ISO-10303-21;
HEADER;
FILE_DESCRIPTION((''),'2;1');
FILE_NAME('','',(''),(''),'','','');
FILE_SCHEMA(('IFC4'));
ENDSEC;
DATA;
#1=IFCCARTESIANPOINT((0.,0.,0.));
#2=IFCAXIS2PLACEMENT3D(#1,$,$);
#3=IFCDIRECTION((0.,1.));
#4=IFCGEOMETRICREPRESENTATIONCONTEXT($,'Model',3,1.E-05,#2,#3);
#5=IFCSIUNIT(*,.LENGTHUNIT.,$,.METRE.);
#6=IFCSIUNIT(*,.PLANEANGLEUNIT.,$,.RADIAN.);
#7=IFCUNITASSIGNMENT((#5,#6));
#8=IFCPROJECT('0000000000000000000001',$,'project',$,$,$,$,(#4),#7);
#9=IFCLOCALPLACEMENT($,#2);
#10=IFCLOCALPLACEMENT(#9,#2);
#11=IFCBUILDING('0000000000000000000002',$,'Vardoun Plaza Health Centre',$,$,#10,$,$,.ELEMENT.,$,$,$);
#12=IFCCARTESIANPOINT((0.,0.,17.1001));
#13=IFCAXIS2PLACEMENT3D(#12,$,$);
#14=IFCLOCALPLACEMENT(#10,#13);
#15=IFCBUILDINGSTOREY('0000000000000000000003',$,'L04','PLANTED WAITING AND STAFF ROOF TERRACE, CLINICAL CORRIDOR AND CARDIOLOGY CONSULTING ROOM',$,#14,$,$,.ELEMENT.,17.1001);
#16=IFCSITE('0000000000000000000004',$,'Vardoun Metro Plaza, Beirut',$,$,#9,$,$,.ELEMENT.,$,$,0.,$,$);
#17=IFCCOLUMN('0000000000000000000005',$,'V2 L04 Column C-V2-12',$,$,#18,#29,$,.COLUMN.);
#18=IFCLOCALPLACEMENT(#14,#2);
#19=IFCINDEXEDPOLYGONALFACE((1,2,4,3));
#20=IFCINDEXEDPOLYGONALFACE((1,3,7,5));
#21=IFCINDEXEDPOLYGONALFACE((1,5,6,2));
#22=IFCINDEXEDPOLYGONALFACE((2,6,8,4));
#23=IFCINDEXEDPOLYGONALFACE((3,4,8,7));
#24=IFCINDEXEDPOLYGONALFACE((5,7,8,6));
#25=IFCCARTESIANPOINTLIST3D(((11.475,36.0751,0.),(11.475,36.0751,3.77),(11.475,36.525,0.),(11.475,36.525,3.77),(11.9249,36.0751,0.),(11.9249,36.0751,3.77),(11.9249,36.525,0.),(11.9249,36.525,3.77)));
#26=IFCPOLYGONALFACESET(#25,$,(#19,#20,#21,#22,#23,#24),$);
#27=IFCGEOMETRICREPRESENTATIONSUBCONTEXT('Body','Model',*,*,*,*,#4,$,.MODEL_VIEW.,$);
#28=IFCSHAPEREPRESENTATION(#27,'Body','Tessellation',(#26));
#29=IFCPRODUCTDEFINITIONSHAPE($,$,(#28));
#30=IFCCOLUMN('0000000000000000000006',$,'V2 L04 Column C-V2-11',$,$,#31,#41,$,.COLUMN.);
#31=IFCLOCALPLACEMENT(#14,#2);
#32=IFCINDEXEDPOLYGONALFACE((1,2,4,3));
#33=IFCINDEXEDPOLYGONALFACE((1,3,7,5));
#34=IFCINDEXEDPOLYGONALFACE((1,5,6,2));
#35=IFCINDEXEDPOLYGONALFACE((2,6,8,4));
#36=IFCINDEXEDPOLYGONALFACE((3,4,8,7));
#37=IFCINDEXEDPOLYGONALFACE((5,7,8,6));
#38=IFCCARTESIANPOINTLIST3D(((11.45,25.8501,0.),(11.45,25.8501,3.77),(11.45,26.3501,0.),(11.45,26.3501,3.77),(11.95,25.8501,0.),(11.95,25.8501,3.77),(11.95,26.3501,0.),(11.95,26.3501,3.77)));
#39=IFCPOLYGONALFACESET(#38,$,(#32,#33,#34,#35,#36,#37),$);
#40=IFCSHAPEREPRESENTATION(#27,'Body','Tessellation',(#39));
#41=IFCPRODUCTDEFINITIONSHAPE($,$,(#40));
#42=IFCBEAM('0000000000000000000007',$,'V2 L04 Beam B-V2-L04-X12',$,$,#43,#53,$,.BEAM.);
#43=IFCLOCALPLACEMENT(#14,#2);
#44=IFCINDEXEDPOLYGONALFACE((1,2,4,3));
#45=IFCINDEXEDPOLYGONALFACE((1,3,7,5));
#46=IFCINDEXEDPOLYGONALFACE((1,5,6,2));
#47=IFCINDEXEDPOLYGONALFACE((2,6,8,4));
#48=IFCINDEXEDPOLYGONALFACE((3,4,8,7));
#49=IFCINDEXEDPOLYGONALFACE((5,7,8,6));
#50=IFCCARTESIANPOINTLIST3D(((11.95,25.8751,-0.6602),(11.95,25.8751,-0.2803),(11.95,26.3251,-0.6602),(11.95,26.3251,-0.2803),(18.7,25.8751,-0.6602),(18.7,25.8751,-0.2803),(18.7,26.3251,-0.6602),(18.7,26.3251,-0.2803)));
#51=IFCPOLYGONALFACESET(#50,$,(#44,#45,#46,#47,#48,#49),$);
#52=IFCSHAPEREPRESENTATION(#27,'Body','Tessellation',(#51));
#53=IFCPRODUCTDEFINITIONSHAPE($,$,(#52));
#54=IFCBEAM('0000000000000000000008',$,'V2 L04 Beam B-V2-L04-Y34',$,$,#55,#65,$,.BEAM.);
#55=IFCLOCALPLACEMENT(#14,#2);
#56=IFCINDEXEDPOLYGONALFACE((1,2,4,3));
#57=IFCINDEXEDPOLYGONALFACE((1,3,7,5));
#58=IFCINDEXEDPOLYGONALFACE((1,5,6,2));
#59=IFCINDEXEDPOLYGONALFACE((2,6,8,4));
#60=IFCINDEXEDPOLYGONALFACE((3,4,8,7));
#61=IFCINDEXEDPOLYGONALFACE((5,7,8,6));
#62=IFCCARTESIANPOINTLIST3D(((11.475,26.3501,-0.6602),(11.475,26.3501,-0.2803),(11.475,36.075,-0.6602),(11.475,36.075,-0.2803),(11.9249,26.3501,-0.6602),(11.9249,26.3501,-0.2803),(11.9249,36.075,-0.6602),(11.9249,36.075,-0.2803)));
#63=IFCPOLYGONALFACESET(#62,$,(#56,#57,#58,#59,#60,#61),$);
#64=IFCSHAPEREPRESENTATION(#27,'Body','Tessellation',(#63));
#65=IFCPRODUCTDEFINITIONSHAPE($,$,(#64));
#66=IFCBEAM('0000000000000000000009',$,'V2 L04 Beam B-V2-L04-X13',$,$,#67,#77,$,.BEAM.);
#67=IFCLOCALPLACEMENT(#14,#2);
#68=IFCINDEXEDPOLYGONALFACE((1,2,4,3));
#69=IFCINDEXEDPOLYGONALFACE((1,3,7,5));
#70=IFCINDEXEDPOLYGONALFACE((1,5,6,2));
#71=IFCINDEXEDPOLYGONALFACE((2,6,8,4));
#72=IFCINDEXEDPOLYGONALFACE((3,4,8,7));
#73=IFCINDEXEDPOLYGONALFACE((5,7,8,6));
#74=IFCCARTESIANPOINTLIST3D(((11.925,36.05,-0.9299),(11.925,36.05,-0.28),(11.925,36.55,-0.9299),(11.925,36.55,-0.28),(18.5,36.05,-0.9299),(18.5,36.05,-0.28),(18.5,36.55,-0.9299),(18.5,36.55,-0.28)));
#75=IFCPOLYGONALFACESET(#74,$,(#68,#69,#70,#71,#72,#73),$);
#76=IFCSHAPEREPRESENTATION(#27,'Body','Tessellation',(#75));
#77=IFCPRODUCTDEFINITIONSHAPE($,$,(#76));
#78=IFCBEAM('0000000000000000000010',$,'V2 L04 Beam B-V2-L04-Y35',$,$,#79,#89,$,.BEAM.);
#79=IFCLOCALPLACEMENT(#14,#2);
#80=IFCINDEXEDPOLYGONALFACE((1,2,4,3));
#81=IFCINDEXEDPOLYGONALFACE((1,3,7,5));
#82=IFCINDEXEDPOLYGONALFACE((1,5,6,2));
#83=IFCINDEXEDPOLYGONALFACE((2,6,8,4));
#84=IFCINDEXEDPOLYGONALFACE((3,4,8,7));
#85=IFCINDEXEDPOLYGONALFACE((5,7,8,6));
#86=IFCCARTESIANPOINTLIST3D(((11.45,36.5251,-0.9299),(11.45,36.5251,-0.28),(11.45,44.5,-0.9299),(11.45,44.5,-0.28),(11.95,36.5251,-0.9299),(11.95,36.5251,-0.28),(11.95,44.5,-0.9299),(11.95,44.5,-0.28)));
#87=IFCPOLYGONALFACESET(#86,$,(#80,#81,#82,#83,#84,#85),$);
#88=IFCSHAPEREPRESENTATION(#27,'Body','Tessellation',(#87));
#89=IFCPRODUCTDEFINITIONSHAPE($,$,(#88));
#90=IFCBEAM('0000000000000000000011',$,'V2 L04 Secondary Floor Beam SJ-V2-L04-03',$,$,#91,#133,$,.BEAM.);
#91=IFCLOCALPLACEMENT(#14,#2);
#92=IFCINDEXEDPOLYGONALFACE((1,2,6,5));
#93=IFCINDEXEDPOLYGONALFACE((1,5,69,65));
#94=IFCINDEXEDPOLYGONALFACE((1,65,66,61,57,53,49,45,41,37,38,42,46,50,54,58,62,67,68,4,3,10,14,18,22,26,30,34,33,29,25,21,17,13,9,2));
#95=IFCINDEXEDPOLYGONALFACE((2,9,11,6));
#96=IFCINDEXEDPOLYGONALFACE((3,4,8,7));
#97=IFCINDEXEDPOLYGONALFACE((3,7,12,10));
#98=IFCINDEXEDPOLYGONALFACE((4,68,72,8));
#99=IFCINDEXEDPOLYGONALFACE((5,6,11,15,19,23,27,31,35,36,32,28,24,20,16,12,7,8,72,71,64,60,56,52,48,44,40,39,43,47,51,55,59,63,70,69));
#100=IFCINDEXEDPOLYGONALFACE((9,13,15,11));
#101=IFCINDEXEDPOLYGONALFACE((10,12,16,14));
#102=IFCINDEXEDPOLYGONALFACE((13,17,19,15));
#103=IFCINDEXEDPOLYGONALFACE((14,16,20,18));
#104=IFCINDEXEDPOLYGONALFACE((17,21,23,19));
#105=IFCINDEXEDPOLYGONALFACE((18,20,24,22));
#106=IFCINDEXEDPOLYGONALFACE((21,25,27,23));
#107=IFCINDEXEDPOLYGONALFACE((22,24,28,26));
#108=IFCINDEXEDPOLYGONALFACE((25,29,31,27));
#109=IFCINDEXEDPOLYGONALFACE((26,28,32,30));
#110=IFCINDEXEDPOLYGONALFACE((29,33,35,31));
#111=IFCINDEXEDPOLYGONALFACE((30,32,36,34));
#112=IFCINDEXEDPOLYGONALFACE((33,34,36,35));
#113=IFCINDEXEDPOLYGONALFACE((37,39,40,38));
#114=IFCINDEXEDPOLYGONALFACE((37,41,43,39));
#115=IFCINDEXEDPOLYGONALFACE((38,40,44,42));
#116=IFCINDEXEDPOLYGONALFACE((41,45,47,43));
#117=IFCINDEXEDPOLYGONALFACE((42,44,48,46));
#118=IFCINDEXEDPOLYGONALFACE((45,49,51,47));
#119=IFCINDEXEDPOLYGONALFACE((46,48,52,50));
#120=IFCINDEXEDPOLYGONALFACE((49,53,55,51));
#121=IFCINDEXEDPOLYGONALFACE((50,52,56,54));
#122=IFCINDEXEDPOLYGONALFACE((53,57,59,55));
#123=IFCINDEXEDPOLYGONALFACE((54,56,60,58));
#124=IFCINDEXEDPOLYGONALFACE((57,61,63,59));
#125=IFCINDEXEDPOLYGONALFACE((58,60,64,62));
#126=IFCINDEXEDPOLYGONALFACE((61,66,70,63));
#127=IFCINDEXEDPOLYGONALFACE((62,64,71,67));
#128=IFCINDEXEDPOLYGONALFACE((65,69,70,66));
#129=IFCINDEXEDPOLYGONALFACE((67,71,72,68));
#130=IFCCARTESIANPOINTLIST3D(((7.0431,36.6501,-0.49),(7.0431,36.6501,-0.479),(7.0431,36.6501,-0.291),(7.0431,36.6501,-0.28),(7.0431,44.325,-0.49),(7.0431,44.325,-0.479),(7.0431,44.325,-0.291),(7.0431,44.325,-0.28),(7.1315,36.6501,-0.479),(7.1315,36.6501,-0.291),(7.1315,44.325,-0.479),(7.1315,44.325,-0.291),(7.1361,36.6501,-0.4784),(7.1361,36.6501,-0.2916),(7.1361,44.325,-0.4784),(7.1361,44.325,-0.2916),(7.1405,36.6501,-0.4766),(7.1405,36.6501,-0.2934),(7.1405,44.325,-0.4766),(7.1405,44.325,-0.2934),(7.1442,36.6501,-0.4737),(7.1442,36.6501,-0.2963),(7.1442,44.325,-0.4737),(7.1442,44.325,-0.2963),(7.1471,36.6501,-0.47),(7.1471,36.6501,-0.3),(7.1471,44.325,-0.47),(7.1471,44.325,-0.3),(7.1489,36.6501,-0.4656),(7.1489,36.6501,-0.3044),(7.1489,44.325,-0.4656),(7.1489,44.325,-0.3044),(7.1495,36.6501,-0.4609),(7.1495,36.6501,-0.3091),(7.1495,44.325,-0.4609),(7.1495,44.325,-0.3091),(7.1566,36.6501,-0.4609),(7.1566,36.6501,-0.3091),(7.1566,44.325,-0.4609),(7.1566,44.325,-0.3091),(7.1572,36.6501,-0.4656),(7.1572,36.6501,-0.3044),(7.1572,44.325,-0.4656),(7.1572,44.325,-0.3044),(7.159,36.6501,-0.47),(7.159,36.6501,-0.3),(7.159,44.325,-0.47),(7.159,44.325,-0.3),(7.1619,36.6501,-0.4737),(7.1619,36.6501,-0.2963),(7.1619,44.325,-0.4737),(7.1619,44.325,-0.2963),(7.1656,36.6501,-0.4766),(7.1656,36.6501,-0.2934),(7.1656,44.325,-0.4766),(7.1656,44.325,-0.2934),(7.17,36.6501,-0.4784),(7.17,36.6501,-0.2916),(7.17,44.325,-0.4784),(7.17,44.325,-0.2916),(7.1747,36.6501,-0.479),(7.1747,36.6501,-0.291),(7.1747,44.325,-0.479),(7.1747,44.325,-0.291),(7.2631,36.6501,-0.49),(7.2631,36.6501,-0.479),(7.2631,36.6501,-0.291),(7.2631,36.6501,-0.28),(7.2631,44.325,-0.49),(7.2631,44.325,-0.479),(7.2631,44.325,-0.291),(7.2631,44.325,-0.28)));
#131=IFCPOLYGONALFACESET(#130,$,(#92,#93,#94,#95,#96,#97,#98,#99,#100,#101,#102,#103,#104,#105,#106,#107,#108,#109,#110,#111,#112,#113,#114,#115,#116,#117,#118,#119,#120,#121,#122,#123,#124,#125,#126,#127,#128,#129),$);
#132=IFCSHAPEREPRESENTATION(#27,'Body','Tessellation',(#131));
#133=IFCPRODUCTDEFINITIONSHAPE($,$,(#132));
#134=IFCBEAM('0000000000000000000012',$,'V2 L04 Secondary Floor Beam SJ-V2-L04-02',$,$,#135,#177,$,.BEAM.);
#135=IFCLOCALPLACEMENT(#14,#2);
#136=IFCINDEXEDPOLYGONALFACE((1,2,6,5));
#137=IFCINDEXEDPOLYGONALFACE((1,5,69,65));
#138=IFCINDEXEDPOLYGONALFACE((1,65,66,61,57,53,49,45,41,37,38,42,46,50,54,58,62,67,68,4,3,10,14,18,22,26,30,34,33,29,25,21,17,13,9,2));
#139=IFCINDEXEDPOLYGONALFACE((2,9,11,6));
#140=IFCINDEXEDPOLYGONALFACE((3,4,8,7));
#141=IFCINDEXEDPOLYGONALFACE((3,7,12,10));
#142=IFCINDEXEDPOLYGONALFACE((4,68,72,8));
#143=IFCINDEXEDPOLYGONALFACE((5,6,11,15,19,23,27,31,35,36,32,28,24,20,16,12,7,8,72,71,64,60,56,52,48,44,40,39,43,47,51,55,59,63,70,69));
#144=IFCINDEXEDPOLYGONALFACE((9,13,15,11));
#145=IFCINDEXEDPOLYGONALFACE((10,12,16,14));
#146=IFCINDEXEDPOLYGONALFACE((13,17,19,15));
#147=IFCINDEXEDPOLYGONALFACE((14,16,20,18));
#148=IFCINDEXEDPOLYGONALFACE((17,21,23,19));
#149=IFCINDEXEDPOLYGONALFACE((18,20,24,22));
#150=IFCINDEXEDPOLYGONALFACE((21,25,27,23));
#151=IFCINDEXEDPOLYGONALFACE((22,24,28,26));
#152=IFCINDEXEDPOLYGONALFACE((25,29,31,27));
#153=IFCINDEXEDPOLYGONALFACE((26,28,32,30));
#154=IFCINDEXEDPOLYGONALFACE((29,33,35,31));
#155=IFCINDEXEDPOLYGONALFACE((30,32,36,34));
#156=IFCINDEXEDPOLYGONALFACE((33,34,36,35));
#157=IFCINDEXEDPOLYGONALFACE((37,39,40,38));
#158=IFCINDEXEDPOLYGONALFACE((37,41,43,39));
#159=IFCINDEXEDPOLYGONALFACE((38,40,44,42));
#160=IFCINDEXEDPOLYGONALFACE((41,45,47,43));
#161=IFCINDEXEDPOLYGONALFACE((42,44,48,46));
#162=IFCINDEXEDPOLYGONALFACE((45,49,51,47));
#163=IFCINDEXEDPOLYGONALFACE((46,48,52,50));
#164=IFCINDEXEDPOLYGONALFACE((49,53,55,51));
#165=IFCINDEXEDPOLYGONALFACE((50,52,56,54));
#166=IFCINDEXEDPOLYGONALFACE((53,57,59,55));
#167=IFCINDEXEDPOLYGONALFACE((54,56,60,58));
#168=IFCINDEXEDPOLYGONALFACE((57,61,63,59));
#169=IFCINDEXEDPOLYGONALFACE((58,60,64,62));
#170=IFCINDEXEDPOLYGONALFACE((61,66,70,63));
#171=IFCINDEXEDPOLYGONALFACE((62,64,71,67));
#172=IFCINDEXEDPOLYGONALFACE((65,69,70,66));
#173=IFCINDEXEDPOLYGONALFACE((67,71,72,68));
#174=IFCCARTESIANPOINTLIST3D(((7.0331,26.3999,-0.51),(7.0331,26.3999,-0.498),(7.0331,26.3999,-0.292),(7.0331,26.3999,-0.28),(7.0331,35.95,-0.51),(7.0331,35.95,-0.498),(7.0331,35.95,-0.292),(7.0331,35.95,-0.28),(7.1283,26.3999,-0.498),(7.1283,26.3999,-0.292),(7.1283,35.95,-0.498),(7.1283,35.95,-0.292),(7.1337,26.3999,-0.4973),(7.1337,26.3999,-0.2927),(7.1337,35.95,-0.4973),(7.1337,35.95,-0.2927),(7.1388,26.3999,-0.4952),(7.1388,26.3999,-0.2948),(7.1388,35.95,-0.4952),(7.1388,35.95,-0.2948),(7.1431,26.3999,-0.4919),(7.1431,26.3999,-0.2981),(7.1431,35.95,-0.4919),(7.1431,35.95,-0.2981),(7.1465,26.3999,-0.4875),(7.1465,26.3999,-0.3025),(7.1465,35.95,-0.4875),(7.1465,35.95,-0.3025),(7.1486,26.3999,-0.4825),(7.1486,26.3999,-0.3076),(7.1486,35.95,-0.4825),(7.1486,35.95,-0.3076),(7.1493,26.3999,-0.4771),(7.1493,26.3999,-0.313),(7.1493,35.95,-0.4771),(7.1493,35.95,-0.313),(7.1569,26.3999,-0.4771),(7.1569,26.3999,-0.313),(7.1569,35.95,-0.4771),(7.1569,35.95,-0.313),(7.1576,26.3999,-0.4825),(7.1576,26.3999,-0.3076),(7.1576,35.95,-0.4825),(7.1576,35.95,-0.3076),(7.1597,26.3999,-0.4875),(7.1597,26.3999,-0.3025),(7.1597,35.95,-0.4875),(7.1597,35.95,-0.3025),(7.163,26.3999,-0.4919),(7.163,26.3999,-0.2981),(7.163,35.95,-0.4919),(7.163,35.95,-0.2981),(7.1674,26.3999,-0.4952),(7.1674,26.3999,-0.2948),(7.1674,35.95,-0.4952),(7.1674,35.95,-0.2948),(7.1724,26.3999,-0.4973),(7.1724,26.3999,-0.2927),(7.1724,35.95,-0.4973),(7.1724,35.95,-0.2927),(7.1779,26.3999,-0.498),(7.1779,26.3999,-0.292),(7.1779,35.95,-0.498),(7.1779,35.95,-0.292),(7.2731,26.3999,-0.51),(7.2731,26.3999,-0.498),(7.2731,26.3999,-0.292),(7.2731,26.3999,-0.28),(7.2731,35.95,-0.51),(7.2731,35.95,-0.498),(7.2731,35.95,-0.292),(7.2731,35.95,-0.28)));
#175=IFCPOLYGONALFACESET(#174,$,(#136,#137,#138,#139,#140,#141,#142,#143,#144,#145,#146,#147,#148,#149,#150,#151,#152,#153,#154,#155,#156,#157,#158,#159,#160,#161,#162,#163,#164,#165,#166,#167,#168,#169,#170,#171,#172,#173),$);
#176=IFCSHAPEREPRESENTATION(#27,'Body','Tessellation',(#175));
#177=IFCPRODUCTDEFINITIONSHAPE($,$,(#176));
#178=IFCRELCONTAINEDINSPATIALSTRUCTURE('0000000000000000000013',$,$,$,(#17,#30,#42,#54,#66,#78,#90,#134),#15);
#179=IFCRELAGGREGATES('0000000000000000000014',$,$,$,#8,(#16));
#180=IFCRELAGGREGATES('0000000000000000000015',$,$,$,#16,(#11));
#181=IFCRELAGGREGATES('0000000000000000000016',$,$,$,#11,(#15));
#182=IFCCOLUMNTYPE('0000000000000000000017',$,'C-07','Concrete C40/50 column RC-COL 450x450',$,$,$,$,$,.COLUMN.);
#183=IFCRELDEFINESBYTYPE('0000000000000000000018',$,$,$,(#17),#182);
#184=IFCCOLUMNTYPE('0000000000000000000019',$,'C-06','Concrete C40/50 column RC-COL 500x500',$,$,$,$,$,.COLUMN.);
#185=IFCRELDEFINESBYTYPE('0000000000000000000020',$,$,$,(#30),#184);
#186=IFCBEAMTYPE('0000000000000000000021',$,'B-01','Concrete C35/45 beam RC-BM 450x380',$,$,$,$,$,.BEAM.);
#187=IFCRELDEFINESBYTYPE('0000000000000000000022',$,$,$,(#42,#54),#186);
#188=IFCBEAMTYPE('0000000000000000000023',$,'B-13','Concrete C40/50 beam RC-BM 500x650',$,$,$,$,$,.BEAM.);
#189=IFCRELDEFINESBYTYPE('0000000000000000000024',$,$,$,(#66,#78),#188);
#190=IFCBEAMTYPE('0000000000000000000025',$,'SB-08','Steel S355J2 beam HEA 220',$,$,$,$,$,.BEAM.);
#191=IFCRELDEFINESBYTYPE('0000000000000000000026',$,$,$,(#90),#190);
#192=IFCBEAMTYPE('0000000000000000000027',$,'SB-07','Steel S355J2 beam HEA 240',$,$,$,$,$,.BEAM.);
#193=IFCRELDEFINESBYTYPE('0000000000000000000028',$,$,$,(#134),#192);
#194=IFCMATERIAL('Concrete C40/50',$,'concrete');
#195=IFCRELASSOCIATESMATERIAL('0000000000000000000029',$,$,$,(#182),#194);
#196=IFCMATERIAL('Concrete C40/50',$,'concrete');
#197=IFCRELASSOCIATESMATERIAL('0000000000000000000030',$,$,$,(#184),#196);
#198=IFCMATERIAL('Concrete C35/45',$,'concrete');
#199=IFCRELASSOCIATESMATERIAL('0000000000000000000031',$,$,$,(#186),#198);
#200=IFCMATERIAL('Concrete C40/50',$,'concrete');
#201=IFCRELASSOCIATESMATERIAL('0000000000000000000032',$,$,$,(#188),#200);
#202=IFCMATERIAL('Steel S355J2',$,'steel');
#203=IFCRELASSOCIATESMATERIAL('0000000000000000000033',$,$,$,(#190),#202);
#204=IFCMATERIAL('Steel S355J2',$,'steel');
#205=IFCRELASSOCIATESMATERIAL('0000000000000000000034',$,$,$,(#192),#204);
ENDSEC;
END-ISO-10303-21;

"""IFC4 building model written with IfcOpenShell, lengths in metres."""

from ifc_helpers import new_model, si_unit, direction, frame, origin, origin_2d, place, context, subcontext, project, spatial, rectangle, i_section, extrude, material, material_profile, profile_set, type_object, element, save


model = new_model("IFC4")

# Units and contexts
model_context = context("Model", 3, precision=1e-05, world=origin(), true_north=direction((0.0, 1.0)))
body_context = subcontext(model_context, "Body", "Model", "MODEL_VIEW")
ifc_project = project(units=[si_unit("LENGTHUNIT", "METRE"), si_unit("PLANEANGLEUNIT", "RADIAN")], contexts=[model_context])

# Site, building, storey
site_placement = place(None, origin())
site = spatial("IfcSite", under=ifc_project, at=site_placement, Name="Vardoun Metro Plaza, Beirut", CompositionType="ELEMENT", RefElevation=0.0)
building_placement = place(site_placement, origin())
building = spatial("IfcBuilding", under=site, at=building_placement, Name="Vardoun Plaza Health Centre", CompositionType="ELEMENT")
storey_placement = place(building_placement, frame((0.0, 0.0, 17.1001)))
storey = spatial("IfcBuildingStorey", under=building, at=storey_placement, Name="L04", Description="PLANTED WAITING AND STAFF ROOF TERRACE, CLINICAL CORRIDOR AND CARDIOLOGY CONSULTING ROOM", CompositionType="ELEMENT", Elevation=17.1001)

# Columns
ifc_material_1 = material(Name="Concrete C40/50", Category="concrete")
ifc_material_profile_1 = material_profile(ifc_material_1, rectangle(XDim=0.45, YDim=0.45, at=origin_2d()), Name="RC-COL 450x450")
ifc_profile_set_1 = profile_set([ifc_material_profile_1], Name="Concrete C40/50")
column_type_1 = type_object("IfcColumnType", Name="C-07", Description="Concrete C40/50 column RC-COL 450x450", PredefinedType="COLUMN", material=ifc_profile_set_1)
column_1_placement = place(storey_placement, frame((11.7, 36.3, 0.0), z_axis=(0.0, 0.0, 1.0), x_axis=(1.0, 0.0, 0.0)))
element("IfcColumn", 1, at=column_1_placement, inside=storey, type_object=column_type_1, Name="V2 L04 Column C-V2-12", PredefinedType="COLUMN", context=body_context, shape_type="SweptSolid", body=[
    extrude(rectangle(XDim=0.45, YDim=0.45, at=origin_2d()), origin(), (0.0, 0.0, 1.0), 3.77),
])
ifc_material_2 = material(Name="Concrete C40/50", Category="concrete")
ifc_material_profile_2 = material_profile(ifc_material_2, rectangle(XDim=0.5, YDim=0.5, at=origin_2d()), Name="RC-COL 500x500")
ifc_profile_set_2 = profile_set([ifc_material_profile_2], Name="Concrete C40/50")
column_type_2 = type_object("IfcColumnType", Name="C-06", Description="Concrete C40/50 column RC-COL 500x500", PredefinedType="COLUMN", material=ifc_profile_set_2)
column_2_placement = place(storey_placement, frame((11.7, 26.1001, 0.0), z_axis=(0.0, 0.0, 1.0), x_axis=(1.0, 0.0, 0.0)))
element("IfcColumn", 2, at=column_2_placement, inside=storey, type_object=column_type_2, Name="V2 L04 Column C-V2-11", PredefinedType="COLUMN", context=body_context, shape_type="SweptSolid", body=[
    extrude(rectangle(XDim=0.5, YDim=0.5, at=origin_2d()), origin(), (0.0, 0.0, 1.0), 3.77),
])

# Beams
ifc_material_3 = material(Name="Concrete C35/45", Category="concrete")
ifc_material_profile_3 = material_profile(ifc_material_3, rectangle(XDim=0.45, YDim=0.3799, at=origin_2d()), Name="RC-BM 450x380")
ifc_profile_set_3 = profile_set([ifc_material_profile_3], Name="Concrete C35/45")
beam_type_1 = type_object("IfcBeamType", Name="B-01", Description="Concrete C35/45 beam RC-BM 450x380", PredefinedType="BEAM", material=ifc_profile_set_3)
beam_1_placement = place(storey_placement, frame((11.95, 26.1001, -0.4702), z_axis=(1.0, 0.0, 0.0), x_axis=(0.0, 1.0, 0.0)))
element("IfcBeam", 3, at=beam_1_placement, inside=storey, type_object=beam_type_1, Name="V2 L04 Beam B-V2-L04-X12", PredefinedType="BEAM", context=body_context, shape_type="SweptSolid", body=[
    extrude(rectangle(XDim=0.45, YDim=0.3799, at=origin_2d()), origin(), (0.0, 0.0, 1.0), 6.75),
])
beam_2_placement = place(storey_placement, frame((11.7, 26.3501, -0.4702), z_axis=(0.0, 1.0, 0.0), x_axis=(-1.0, 0.0, 0.0)))
element("IfcBeam", 4, at=beam_2_placement, inside=storey, type_object=beam_type_1, Name="V2 L04 Beam B-V2-L04-Y34", PredefinedType="BEAM", context=body_context, shape_type="SweptSolid", body=[
    extrude(rectangle(XDim=0.45, YDim=0.3799, at=origin_2d()), origin(), (0.0, 0.0, 1.0), 9.7249),
])
ifc_material_4 = material(Name="Concrete C40/50", Category="concrete")
ifc_material_profile_4 = material_profile(ifc_material_4, rectangle(XDim=0.5, YDim=0.6499, at=origin_2d()), Name="RC-BM 500x650")
ifc_profile_set_4 = profile_set([ifc_material_profile_4], Name="Concrete C40/50")
beam_type_2 = type_object("IfcBeamType", Name="B-13", Description="Concrete C40/50 beam RC-BM 500x650", PredefinedType="BEAM", material=ifc_profile_set_4)
beam_3_placement = place(storey_placement, frame((11.925, 36.3, -0.605), z_axis=(1.0, 0.0, 0.0), x_axis=(0.0, 1.0, 0.0)))
element("IfcBeam", 5, at=beam_3_placement, inside=storey, type_object=beam_type_2, Name="V2 L04 Beam B-V2-L04-X13", PredefinedType="BEAM", context=body_context, shape_type="SweptSolid", body=[
    extrude(rectangle(XDim=0.5, YDim=0.6499, at=origin_2d()), origin(), (0.0, 0.0, 1.0), 6.575),
])
beam_4_placement = place(storey_placement, frame((11.7, 36.5251, -0.605), z_axis=(0.0, 1.0, 0.0), x_axis=(-1.0, 0.0, 0.0)))
element("IfcBeam", 6, at=beam_4_placement, inside=storey, type_object=beam_type_2, Name="V2 L04 Beam B-V2-L04-Y35", PredefinedType="BEAM", context=body_context, shape_type="SweptSolid", body=[
    extrude(rectangle(XDim=0.5, YDim=0.6499, at=origin_2d()), origin(), (0.0, 0.0, 1.0), 7.9749),
])
ifc_material_5 = material(Name="Steel S355J2", Category="steel")
ifc_material_profile_5 = material_profile(ifc_material_5, i_section(OverallWidth=0.22, OverallDepth=0.21, WebThickness=0.0071, FlangeThickness=0.011, FilletRadius=0.0181, at=origin_2d()), Name="HEA 220")
ifc_profile_set_5 = profile_set([ifc_material_profile_5], Name="Steel S355J2")
beam_type_3 = type_object("IfcBeamType", Name="SB-08", Description="Steel S355J2 beam HEA 220", PredefinedType="BEAM", material=ifc_profile_set_5)
beam_5_placement = place(storey_placement, frame((7.1531, 36.6501, -0.385), z_axis=(0.0, 1.0, 0.0), x_axis=(-1.0, 0.0, 0.0)))
element("IfcBeam", 7, at=beam_5_placement, inside=storey, type_object=beam_type_3, Name="V2 L04 Secondary Floor Beam SJ-V2-L04-03", PredefinedType="BEAM", context=body_context, shape_type="SweptSolid", body=[
    extrude(i_section(OverallWidth=0.22, OverallDepth=0.21, WebThickness=0.0071, FlangeThickness=0.011, FilletRadius=0.0181, at=origin_2d()), origin(), (0.0, 0.0, 1.0), 7.6748),
])
ifc_material_6 = material(Name="Steel S355J2", Category="steel")
ifc_material_profile_6 = material_profile(ifc_material_6, i_section(OverallWidth=0.24, OverallDepth=0.23, WebThickness=0.0076, FlangeThickness=0.012, FilletRadius=0.021, at=origin_2d()), Name="HEA 240")
ifc_profile_set_6 = profile_set([ifc_material_profile_6], Name="Steel S355J2")
beam_type_4 = type_object("IfcBeamType", Name="SB-07", Description="Steel S355J2 beam HEA 240", PredefinedType="BEAM", material=ifc_profile_set_6)
beam_6_placement = place(storey_placement, frame((7.1531, 26.3999, -0.395), z_axis=(0.0, 1.0, 0.0), x_axis=(-1.0, 0.0, 0.0)))
element("IfcBeam", 8, at=beam_6_placement, inside=storey, type_object=beam_type_4, Name="V2 L04 Secondary Floor Beam SJ-V2-L04-02", PredefinedType="BEAM", context=body_context, shape_type="SweptSolid", body=[
    extrude(i_section(OverallWidth=0.24, OverallDepth=0.23, WebThickness=0.0076, FlangeThickness=0.012, FilletRadius=0.021, at=origin_2d()), origin(), (0.0, 0.0, 1.0), 9.55),
])

save(model, "model.ifc")
